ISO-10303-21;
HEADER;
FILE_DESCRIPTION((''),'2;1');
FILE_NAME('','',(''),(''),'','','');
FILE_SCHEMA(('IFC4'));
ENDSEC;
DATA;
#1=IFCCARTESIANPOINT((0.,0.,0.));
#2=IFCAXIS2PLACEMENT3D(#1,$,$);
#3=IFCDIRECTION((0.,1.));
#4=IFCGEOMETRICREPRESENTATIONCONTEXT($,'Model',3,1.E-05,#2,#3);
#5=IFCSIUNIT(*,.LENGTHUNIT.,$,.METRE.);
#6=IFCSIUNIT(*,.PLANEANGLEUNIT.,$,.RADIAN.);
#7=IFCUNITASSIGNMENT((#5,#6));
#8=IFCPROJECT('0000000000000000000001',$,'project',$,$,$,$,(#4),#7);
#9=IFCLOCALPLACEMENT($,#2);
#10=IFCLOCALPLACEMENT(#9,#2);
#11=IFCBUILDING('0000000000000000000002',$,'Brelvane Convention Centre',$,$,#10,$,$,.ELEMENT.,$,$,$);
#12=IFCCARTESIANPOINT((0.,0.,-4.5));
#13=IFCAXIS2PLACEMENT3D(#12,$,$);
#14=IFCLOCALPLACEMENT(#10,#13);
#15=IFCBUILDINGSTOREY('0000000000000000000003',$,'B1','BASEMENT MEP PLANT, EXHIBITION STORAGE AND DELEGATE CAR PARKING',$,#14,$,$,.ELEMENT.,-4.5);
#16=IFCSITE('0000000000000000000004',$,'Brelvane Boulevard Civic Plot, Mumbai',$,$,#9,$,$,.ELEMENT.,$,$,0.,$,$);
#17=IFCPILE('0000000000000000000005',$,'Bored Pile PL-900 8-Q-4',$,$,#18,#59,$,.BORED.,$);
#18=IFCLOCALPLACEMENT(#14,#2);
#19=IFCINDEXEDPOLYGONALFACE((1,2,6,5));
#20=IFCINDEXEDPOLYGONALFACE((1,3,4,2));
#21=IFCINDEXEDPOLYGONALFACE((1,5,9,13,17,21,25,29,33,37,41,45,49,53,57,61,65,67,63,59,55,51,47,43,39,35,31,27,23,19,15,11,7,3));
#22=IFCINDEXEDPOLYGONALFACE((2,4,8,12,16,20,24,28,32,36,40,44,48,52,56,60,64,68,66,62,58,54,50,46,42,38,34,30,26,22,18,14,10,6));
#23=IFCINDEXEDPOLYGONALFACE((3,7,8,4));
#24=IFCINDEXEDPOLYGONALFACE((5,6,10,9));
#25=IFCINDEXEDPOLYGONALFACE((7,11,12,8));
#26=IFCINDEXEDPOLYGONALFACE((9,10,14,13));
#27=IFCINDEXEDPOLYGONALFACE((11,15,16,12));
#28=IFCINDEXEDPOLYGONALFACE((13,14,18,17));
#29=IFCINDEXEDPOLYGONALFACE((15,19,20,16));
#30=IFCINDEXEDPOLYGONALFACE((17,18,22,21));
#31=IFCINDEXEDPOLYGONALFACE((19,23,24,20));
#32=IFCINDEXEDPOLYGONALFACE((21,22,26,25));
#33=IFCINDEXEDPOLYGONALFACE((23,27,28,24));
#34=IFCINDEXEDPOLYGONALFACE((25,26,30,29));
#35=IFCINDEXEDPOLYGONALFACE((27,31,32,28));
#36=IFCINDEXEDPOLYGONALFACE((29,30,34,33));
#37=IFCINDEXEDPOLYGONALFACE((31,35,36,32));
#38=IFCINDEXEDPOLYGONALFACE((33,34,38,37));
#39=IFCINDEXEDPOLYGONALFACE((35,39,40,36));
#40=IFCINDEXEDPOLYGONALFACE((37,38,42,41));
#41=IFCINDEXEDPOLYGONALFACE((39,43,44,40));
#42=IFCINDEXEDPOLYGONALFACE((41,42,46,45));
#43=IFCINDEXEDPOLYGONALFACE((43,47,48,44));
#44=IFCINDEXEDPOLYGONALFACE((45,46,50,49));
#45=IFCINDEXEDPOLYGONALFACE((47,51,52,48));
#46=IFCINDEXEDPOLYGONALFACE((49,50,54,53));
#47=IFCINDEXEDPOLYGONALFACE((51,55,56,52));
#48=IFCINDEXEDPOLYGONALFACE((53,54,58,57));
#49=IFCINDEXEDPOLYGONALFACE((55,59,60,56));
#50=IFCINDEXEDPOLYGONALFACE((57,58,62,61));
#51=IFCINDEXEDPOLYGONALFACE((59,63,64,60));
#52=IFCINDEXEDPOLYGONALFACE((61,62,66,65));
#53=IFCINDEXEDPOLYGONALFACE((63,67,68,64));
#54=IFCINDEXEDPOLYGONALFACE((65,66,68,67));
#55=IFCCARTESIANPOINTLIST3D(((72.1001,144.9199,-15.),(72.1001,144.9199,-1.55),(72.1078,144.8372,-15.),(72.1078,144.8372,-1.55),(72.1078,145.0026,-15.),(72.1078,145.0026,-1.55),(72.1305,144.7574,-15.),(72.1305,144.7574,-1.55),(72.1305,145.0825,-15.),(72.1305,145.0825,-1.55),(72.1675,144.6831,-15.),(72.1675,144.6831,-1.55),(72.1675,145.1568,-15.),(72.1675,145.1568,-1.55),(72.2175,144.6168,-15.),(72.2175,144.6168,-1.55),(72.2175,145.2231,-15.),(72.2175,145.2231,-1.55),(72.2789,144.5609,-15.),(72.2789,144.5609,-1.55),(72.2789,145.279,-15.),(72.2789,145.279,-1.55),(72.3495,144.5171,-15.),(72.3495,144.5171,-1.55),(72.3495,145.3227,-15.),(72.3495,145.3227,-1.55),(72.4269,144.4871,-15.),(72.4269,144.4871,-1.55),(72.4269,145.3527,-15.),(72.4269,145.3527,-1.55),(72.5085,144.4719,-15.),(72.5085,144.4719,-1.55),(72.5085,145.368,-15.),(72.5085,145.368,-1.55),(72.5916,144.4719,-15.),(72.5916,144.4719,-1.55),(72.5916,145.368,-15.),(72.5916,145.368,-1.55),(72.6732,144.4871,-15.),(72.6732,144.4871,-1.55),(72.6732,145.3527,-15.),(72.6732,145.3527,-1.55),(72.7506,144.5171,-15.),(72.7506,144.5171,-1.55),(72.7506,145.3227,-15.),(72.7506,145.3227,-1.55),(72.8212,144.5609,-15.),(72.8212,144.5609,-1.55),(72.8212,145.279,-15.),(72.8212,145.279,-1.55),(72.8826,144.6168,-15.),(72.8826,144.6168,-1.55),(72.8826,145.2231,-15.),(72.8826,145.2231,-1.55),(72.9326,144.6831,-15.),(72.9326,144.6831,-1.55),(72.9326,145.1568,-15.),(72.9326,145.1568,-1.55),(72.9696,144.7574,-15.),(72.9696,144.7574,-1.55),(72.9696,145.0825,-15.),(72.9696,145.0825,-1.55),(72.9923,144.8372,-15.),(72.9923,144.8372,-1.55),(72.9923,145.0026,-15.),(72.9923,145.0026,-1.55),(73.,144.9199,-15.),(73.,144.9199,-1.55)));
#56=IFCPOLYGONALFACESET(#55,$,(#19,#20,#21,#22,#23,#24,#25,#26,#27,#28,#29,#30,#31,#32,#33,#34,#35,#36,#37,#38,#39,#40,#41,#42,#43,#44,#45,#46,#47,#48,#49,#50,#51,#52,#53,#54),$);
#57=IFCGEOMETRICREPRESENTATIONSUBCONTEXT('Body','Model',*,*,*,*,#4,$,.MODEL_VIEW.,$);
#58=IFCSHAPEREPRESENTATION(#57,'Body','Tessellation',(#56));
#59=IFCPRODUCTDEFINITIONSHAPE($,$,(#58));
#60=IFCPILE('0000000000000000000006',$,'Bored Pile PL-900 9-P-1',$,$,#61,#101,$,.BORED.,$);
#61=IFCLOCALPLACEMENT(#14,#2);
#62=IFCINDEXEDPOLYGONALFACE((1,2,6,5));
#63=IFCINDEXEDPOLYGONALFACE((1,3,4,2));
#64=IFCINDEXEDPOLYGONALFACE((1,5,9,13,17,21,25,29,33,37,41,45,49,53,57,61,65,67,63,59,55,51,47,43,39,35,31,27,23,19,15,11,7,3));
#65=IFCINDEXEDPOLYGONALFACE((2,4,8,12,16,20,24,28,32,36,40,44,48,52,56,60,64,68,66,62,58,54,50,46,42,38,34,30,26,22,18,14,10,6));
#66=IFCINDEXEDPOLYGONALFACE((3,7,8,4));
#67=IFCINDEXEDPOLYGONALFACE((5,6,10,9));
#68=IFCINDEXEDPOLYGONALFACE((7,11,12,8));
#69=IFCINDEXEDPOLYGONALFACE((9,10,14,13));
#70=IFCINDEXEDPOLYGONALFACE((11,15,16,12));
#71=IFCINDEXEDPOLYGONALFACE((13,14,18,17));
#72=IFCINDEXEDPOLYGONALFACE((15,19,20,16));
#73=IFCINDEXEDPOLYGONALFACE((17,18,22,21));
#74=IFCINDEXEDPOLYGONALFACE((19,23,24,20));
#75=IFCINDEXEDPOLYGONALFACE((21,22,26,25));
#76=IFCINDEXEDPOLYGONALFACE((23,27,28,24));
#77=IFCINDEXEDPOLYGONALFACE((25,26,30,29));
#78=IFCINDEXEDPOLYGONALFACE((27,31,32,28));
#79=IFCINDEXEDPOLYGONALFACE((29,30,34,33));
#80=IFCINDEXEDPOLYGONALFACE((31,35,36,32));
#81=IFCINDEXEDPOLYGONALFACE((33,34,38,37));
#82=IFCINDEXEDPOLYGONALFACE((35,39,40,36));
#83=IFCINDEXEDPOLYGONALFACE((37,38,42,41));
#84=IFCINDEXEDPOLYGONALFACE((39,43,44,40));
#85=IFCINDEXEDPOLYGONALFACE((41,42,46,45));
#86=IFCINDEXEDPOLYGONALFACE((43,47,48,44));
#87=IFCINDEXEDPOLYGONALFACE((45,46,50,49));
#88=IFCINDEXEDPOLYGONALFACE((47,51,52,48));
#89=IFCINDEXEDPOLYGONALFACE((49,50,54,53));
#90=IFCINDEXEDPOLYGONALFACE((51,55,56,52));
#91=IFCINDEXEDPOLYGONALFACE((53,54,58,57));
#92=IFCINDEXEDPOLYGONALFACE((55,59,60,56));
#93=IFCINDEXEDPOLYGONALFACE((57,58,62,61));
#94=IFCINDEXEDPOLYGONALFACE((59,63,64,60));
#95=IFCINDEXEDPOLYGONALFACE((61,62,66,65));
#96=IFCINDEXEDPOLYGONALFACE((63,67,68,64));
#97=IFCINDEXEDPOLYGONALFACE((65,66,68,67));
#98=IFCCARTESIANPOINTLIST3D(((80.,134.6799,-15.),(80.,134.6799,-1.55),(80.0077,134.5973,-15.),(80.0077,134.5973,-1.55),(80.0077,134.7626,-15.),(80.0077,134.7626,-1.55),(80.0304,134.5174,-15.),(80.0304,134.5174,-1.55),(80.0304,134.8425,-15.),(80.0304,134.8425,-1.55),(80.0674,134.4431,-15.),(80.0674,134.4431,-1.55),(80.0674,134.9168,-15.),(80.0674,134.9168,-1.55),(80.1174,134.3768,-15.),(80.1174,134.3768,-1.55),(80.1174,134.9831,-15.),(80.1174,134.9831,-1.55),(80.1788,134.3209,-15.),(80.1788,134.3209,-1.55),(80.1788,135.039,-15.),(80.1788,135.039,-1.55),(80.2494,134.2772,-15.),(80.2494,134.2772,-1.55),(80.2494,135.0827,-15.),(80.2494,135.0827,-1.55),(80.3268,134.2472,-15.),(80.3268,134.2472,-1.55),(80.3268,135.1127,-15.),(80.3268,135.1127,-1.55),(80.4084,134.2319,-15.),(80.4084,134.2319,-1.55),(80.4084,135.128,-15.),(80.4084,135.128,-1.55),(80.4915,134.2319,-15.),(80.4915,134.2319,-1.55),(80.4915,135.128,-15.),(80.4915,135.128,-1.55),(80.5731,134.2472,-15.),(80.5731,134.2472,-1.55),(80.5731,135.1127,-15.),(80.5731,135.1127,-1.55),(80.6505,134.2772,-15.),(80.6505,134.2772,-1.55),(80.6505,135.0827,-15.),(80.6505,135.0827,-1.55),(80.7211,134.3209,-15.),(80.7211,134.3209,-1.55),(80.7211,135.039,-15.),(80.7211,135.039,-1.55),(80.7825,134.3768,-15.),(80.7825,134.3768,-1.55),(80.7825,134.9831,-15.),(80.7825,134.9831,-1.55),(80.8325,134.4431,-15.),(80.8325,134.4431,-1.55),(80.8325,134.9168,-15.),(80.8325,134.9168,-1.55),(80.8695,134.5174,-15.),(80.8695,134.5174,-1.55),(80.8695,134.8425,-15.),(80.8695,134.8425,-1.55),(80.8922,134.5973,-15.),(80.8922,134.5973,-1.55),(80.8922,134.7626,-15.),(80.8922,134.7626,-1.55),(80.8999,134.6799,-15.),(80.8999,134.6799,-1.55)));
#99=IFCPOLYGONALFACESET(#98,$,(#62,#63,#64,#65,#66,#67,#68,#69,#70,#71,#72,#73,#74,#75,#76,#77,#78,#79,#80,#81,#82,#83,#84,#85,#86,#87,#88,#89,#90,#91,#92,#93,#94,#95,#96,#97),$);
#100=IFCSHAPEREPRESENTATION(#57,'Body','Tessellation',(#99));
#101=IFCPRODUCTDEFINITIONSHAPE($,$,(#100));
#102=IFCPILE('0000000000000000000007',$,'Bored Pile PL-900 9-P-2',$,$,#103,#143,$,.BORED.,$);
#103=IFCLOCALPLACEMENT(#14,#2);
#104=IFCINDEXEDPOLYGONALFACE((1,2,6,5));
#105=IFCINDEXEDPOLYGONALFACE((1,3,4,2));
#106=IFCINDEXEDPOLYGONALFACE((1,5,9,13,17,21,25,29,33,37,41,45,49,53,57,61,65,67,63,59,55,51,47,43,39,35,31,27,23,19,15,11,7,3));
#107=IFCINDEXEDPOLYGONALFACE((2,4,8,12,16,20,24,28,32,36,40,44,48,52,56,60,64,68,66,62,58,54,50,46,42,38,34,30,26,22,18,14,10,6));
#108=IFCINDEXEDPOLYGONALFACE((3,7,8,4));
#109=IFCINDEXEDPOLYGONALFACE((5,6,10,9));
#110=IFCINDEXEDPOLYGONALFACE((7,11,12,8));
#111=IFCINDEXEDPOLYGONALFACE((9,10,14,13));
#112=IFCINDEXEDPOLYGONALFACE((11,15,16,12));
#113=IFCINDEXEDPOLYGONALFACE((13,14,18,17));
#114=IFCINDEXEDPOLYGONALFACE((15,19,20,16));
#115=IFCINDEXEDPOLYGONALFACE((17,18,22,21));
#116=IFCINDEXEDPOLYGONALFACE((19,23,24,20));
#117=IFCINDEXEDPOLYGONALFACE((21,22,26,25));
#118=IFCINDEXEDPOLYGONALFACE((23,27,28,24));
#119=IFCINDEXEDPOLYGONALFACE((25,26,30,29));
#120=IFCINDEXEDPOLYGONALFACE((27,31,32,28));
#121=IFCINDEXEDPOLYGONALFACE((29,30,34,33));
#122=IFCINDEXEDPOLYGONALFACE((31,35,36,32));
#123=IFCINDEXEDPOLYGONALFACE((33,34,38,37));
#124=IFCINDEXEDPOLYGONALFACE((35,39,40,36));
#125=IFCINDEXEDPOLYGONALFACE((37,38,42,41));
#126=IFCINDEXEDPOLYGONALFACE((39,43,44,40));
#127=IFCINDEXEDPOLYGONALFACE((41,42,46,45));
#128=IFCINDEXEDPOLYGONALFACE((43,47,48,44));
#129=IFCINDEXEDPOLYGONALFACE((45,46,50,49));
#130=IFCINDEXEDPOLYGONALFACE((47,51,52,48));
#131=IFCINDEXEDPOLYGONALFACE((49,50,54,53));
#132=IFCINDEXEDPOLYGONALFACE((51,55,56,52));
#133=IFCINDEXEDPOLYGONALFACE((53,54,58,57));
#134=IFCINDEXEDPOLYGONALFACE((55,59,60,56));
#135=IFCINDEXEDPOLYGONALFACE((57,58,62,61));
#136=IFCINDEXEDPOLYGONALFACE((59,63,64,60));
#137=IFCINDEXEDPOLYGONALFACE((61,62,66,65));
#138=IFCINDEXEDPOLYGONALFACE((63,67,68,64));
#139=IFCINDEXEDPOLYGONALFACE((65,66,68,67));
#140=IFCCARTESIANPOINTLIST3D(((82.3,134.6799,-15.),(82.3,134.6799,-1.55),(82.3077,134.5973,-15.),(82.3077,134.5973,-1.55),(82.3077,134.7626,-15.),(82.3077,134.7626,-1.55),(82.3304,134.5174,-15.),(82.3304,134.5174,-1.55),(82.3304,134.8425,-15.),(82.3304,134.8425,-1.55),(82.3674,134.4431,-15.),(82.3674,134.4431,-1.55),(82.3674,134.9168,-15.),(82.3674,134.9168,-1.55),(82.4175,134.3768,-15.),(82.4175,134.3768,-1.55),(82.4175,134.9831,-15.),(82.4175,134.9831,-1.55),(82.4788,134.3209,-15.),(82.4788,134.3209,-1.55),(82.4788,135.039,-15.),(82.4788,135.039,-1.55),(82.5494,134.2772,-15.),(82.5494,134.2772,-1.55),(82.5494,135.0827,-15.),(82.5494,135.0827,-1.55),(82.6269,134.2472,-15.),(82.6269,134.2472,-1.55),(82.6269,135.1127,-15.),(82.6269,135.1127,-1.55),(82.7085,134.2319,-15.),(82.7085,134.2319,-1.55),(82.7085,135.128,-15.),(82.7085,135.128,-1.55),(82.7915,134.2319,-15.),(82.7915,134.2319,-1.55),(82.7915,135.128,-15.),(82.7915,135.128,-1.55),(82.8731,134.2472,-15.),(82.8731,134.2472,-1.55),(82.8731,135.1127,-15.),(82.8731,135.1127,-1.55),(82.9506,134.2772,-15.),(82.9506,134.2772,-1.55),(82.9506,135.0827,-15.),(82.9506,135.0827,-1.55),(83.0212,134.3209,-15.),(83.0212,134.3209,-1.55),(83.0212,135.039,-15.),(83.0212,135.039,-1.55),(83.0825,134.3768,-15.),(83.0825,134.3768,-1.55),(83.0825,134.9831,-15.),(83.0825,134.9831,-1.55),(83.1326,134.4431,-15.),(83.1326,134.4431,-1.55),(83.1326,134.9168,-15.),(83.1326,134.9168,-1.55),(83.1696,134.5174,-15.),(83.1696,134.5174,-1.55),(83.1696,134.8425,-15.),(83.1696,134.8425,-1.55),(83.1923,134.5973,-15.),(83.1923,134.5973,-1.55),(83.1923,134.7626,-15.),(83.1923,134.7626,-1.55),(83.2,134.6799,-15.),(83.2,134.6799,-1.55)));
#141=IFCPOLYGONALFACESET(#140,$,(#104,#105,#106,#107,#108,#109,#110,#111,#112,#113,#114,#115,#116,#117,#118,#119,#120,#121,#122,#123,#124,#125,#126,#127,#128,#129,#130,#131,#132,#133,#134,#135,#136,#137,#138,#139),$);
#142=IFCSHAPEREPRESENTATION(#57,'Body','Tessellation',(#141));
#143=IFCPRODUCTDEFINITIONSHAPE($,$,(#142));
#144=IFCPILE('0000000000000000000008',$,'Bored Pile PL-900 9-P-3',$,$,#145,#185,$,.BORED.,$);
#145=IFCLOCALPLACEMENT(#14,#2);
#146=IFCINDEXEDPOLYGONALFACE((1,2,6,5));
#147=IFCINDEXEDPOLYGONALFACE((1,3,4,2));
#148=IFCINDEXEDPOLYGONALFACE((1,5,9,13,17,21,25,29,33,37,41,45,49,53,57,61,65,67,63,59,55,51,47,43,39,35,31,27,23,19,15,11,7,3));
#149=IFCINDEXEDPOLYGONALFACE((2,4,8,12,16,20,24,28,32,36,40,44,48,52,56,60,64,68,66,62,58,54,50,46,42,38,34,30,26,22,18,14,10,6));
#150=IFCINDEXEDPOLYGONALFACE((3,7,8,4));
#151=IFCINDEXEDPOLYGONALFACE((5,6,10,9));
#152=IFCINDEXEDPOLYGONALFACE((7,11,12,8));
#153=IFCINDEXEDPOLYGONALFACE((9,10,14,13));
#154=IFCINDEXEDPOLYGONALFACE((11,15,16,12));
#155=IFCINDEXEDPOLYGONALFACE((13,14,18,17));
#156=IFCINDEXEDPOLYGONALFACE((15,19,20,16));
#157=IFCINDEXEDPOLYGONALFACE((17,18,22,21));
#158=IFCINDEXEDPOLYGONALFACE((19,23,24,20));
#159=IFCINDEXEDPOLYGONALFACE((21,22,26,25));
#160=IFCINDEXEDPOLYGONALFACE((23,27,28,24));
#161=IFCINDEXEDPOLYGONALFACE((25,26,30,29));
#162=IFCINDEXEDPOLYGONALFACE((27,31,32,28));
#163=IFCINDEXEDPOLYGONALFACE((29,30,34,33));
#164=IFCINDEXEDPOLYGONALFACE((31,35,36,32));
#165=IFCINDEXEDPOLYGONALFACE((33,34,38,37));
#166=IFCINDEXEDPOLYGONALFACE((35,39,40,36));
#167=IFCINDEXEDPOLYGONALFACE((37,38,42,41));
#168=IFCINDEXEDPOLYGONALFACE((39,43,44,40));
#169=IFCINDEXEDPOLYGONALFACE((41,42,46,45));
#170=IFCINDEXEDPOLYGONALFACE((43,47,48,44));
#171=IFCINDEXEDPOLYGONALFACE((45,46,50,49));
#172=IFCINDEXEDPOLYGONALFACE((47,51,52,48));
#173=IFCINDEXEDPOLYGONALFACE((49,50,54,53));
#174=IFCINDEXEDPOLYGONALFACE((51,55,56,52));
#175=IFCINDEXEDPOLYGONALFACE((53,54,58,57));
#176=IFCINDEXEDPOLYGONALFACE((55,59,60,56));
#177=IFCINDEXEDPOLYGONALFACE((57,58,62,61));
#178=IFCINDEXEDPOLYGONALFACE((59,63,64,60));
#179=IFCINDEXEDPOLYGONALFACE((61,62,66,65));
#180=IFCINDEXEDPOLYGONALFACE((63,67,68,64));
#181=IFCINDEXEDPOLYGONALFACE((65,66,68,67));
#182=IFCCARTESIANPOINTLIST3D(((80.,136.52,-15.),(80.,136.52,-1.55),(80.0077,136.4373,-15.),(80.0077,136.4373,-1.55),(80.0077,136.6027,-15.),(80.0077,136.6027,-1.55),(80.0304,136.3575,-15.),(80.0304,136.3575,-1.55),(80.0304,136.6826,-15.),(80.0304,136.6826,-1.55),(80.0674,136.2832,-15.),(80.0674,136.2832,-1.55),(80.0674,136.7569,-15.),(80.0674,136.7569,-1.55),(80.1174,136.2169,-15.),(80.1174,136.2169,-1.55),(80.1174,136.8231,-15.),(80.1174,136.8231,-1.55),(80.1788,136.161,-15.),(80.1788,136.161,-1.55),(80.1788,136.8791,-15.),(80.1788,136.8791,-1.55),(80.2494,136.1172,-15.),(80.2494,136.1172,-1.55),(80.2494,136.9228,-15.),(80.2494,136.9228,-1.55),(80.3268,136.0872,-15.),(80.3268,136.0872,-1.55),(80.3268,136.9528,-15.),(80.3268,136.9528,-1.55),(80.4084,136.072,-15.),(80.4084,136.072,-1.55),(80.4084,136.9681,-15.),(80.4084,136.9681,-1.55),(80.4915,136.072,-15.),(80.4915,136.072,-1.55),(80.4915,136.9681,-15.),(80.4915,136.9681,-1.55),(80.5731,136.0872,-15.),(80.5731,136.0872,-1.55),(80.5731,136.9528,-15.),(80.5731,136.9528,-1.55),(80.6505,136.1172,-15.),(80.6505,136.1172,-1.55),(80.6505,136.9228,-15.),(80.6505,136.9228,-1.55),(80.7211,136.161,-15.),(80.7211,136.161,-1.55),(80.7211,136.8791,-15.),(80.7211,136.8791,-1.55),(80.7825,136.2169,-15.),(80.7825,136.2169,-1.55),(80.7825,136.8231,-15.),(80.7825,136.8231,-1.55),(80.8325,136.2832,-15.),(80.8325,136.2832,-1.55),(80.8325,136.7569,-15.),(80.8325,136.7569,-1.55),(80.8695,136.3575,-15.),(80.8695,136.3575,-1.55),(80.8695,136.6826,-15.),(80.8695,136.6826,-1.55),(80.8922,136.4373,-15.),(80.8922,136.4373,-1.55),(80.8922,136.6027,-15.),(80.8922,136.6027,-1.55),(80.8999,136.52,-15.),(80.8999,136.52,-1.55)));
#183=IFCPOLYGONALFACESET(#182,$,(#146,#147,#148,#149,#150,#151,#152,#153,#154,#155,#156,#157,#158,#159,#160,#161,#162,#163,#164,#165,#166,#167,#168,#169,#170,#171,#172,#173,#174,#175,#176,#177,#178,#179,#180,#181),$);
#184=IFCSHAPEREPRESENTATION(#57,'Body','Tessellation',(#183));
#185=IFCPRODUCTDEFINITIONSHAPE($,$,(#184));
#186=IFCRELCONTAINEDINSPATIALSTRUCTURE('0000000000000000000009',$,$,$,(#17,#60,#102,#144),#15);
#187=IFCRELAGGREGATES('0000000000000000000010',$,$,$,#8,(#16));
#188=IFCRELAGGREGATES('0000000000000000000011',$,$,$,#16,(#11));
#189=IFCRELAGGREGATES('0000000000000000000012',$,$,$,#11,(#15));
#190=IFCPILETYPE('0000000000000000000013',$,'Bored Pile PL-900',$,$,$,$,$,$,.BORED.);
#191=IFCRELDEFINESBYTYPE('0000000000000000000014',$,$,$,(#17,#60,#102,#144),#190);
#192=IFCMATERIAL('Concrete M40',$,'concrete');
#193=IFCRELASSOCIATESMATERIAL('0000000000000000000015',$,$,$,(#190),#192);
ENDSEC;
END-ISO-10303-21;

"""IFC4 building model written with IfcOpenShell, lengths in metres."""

from ifc_helpers import new_model, si_unit, direction, frame, origin, origin_2d, place, context, subcontext, project, spatial, circle, extrude, material, material_profile, profile_set, type_object, element, save


model = new_model("IFC4")

# Units and contexts
model_context = context("Model", 3, precision=1e-05, world=origin(), true_north=direction((0.0, 1.0)))
body_context = subcontext(model_context, "Body", "Model", "MODEL_VIEW")
ifc_project = project(units=[si_unit("LENGTHUNIT", "METRE"), si_unit("PLANEANGLEUNIT", "RADIAN")], contexts=[model_context])

# Site, building, storey
site_placement = place(None, origin())
site = spatial("IfcSite", under=ifc_project, at=site_placement, Name="Brelvane Boulevard Civic Plot, Mumbai", CompositionType="ELEMENT", RefElevation=0.0)
building_placement = place(site_placement, origin())
building = spatial("IfcBuilding", under=site, at=building_placement, Name="Brelvane Convention Centre", CompositionType="ELEMENT")
storey_placement = place(building_placement, frame((0.0, 0.0, -4.5)))
storey = spatial("IfcBuildingStorey", under=building, at=storey_placement, Name="B1", Description="BASEMENT MEP PLANT, EXHIBITION STORAGE AND DELEGATE CAR PARKING", CompositionType="ELEMENT", Elevation=-4.5)

# Piles
ifc_material_1 = material(Name="Concrete M40", Category="concrete")
ifc_material_profile_1 = material_profile(ifc_material_1, circle(Radius=0.45, at=origin_2d()), Name="PILE D900")
ifc_profile_set_1 = profile_set([ifc_material_profile_1], Name="Concrete M40")
pile_type = type_object("IfcPileType", Name="Bored Pile PL-900", PredefinedType="BORED", material=ifc_profile_set_1)
for number, where, z_axis, x_axis, name in (
    (1, (72.55, 144.9199, -1.55), (0.0, 0.0, -1.0), (1.0, 0.0, 0.0), "Bored Pile PL-900 8-Q-4"),
    (2, (80.45, 134.6799, -1.55), (0.0, 0.0, -1.0), (1.0, 0.0, 0.0), "Bored Pile PL-900 9-P-1"),
    (3, (82.75, 134.6799, -1.55), (0.0, 0.0, -1.0), (1.0, 0.0, 0.0), "Bored Pile PL-900 9-P-2"),
    (4, (80.45, 136.52, -1.55), (0.0, 0.0, -1.0), (1.0, 0.0, 0.0), "Bored Pile PL-900 9-P-3"),
):
    element("IfcPile", number, at=place(storey_placement, frame(where, z_axis=z_axis, x_axis=x_axis)), inside=storey, type_object=pile_type, Name=name, PredefinedType="BORED", context=body_context, shape_type="SweptSolid", body=[
        extrude(circle(Radius=0.45, at=origin_2d()), origin(), (0.0, 0.0, 1.0), 13.45),
    ])

save(model, "model.ifc")
